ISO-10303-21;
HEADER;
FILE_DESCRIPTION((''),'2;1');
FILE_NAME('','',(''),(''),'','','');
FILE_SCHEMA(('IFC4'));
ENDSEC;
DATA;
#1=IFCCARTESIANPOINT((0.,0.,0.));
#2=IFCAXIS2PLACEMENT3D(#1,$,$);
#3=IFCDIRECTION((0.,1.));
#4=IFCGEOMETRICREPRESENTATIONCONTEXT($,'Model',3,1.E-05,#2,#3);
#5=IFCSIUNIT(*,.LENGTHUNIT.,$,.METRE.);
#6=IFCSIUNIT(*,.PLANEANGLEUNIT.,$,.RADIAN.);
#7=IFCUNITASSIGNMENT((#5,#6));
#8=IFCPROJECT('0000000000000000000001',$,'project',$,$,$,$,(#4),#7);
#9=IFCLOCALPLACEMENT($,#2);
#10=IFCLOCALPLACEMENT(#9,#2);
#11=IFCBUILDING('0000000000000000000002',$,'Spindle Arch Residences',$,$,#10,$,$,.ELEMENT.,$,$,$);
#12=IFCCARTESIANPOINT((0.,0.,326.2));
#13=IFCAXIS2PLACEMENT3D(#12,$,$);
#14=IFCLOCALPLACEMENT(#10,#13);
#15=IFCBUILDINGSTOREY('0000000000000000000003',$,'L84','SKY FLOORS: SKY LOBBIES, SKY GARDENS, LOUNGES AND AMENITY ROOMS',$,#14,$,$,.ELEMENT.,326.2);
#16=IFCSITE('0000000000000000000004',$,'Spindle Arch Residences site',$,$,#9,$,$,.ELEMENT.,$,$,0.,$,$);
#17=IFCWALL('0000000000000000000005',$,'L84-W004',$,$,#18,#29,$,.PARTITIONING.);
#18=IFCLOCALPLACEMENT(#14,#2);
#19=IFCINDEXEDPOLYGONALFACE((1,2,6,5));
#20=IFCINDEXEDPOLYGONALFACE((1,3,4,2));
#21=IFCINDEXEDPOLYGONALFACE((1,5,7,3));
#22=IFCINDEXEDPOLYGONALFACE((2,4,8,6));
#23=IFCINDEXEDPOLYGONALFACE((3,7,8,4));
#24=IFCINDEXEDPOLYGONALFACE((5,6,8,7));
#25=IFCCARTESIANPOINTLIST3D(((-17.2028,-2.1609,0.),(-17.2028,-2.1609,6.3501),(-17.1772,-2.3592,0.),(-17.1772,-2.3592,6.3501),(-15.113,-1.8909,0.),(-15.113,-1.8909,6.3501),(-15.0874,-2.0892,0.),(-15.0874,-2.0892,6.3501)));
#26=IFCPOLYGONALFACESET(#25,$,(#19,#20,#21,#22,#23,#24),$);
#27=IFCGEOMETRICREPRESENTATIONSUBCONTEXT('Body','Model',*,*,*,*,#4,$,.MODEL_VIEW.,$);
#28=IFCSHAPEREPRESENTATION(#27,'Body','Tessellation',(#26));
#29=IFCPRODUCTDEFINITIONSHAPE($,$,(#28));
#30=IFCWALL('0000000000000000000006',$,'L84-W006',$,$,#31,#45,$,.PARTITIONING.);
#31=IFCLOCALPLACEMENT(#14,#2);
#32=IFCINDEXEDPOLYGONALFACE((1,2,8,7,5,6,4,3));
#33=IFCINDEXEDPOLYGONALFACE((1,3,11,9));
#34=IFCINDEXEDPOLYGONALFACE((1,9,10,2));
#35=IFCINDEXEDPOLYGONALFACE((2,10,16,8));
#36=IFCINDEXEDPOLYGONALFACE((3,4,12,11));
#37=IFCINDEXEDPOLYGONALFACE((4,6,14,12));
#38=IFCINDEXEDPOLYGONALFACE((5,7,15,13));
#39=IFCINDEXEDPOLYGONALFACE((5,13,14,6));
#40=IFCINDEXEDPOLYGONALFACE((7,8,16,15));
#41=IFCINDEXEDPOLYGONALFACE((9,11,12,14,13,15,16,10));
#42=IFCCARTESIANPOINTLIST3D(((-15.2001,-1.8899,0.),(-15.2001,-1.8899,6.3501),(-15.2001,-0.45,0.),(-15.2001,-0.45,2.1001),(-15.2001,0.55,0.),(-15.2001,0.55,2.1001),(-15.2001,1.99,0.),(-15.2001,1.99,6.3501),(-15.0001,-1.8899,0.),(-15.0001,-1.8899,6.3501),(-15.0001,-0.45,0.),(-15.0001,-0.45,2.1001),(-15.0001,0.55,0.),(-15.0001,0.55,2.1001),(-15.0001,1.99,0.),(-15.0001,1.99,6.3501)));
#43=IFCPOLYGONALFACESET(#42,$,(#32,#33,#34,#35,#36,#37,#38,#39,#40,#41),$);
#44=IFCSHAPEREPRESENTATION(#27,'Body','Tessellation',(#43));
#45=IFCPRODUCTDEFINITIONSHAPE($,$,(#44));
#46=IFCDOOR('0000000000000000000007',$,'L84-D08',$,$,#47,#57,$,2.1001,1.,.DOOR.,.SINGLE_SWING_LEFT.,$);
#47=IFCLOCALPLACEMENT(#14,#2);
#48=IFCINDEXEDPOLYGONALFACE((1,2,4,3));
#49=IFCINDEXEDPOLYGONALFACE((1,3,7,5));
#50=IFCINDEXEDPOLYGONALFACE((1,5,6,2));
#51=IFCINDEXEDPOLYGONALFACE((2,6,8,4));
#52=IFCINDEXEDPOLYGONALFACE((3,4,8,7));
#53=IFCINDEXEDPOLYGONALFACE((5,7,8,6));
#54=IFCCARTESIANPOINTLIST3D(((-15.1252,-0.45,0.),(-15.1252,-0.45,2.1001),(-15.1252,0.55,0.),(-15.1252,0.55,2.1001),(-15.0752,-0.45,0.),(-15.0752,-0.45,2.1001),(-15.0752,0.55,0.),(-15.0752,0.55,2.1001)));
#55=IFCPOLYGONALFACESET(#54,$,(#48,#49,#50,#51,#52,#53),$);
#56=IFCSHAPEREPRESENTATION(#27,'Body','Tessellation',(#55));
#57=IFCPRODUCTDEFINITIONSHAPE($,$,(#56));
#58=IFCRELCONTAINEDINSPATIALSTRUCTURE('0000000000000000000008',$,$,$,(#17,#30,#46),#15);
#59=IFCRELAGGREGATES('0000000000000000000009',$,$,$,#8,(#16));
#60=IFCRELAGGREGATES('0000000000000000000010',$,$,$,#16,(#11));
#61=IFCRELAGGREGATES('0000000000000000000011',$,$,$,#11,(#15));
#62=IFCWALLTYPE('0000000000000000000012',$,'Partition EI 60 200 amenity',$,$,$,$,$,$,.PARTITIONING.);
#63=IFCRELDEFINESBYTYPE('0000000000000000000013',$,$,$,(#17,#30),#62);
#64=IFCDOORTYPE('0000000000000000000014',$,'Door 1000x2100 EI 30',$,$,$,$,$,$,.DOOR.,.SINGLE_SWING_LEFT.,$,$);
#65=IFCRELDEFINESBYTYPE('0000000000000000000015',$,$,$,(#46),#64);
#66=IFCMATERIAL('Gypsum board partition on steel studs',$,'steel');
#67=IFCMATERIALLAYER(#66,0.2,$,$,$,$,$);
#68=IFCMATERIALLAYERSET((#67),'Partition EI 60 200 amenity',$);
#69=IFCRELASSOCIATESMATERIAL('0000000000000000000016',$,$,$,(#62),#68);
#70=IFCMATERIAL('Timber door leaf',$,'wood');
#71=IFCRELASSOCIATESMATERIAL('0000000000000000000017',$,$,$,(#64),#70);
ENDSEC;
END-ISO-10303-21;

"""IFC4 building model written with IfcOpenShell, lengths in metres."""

from ifc_helpers import new_model, si_unit, direction, frame, frame_2d, origin, place, context, subcontext, project, spatial, rectangle, extrude, material, layer, layer_set, type_object, element, fill, save


model = new_model("IFC4")

# Units and contexts
model_context = context("Model", 3, precision=1e-05, world=origin(), true_north=direction((0.0, 1.0)))
body_context = subcontext(model_context, "Body", "Model", "MODEL_VIEW")
ifc_project = project(units=[si_unit("LENGTHUNIT", "METRE"), si_unit("PLANEANGLEUNIT", "RADIAN")], contexts=[model_context])

# Site, building, storey
site_placement = place(None, origin())
site = spatial("IfcSite", under=ifc_project, at=site_placement, Name="Spindle Arch Residences site", CompositionType="ELEMENT", RefElevation=0.0)
building_placement = place(site_placement, origin())
building = spatial("IfcBuilding", under=site, at=building_placement, Name="Spindle Arch Residences", CompositionType="ELEMENT")
storey_placement = place(building_placement, frame((0.0, 0.0, 326.2)))
storey = spatial("IfcBuildingStorey", under=building, at=storey_placement, Name="L84", Description="SKY FLOORS: SKY LOBBIES, SKY GARDENS, LOUNGES AND AMENITY ROOMS", CompositionType="ELEMENT", Elevation=326.2)

# Wall
ifc_material_1 = material(Name="Gypsum board partition on steel studs", Category="steel")
ifc_layer_1 = layer(ifc_material_1, 0.2)
ifc_layer_set_1 = layer_set([ifc_layer_1], Name="Partition EI 60 200 amenity")
wall_type = type_object("IfcWallType", Name="Partition EI 60 200 amenity", PredefinedType="PARTITIONING", material=ifc_layer_set_1)
wall_1_placement = place(storey_placement, frame((-15.1001, -1.99, 0.0), z_axis=(0.0, 0.0, 1.0), x_axis=(-0.991756, -0.12814, 0.0)))
element("IfcWall", 1, at=wall_1_placement, inside=storey, type_object=wall_type, Name="L84-W004", PredefinedType="PARTITIONING", context=body_context, shape_type="SweptSolid", body=[
    extrude(rectangle(XDim=2.1072, YDim=0.2, at=frame_2d((1.0537, 0.0))), origin(), (0.0, 0.0, 1.0), 6.3501),
])

# Wall, opening, door
wall_2_placement = place(storey_placement, frame((-15.1001, 1.99, 0.0), z_axis=(0.0, 0.0, 1.0), x_axis=(0.0, -1.0, 0.0)))
wall_2 = element("IfcWall", 2, at=wall_2_placement, inside=storey, type_object=wall_type, Name="L84-W006", PredefinedType="PARTITIONING", context=body_context, shape_type="SweptSolid", body=[
    extrude(rectangle(XDim=3.8799, YDim=0.2, at=frame_2d((1.9399, 0.0))), origin(), (0.0, 0.0, 1.0), 6.3501),
])
opening_placement = place(wall_2_placement, frame((1.4399, 0.0, 0.0)))
opening = element("IfcOpeningElement", 3, at=opening_placement, cuts=wall_2, PredefinedType="OPENING", context=body_context, shape_type="SweptSolid", body=[
    extrude(rectangle(XDim=1.0, YDim=2.1001, at=frame_2d((0.5, 1.05))), frame((0.0, 0.1099, 0.0), z_axis=(0.0, -1.0, 0.0), x_axis=(1.0, 0.0, 0.0)), (0.0, 0.0, 1.0), 0.22),
])
ifc_material_2 = material(Name="Timber door leaf", Category="wood")
door_type = type_object("IfcDoorType", Name="Door 1000x2100 EI 30", OperationType="SINGLE_SWING_LEFT", PredefinedType="DOOR", material=ifc_material_2)
door_placement = place(opening_placement, origin())
door = element("IfcDoor", 4, at=door_placement, inside=storey, type_object=door_type, Name="L84-D08", OperationType="SINGLE_SWING_LEFT", OverallHeight=2.1001, OverallWidth=1.0, PredefinedType="DOOR", context=body_context, shape_type="SweptSolid", body=[
    extrude(rectangle(XDim=1.0, YDim=2.1001, at=frame_2d((0.5, 1.05))), frame((0.0, 0.0249, 0.0), z_axis=(0.0, -1.0, 0.0), x_axis=(1.0, 0.0, 0.0)), (0.0, 0.0, 1.0), 0.05),
])
fill(opening, door)

save(model, "model.ifc")
